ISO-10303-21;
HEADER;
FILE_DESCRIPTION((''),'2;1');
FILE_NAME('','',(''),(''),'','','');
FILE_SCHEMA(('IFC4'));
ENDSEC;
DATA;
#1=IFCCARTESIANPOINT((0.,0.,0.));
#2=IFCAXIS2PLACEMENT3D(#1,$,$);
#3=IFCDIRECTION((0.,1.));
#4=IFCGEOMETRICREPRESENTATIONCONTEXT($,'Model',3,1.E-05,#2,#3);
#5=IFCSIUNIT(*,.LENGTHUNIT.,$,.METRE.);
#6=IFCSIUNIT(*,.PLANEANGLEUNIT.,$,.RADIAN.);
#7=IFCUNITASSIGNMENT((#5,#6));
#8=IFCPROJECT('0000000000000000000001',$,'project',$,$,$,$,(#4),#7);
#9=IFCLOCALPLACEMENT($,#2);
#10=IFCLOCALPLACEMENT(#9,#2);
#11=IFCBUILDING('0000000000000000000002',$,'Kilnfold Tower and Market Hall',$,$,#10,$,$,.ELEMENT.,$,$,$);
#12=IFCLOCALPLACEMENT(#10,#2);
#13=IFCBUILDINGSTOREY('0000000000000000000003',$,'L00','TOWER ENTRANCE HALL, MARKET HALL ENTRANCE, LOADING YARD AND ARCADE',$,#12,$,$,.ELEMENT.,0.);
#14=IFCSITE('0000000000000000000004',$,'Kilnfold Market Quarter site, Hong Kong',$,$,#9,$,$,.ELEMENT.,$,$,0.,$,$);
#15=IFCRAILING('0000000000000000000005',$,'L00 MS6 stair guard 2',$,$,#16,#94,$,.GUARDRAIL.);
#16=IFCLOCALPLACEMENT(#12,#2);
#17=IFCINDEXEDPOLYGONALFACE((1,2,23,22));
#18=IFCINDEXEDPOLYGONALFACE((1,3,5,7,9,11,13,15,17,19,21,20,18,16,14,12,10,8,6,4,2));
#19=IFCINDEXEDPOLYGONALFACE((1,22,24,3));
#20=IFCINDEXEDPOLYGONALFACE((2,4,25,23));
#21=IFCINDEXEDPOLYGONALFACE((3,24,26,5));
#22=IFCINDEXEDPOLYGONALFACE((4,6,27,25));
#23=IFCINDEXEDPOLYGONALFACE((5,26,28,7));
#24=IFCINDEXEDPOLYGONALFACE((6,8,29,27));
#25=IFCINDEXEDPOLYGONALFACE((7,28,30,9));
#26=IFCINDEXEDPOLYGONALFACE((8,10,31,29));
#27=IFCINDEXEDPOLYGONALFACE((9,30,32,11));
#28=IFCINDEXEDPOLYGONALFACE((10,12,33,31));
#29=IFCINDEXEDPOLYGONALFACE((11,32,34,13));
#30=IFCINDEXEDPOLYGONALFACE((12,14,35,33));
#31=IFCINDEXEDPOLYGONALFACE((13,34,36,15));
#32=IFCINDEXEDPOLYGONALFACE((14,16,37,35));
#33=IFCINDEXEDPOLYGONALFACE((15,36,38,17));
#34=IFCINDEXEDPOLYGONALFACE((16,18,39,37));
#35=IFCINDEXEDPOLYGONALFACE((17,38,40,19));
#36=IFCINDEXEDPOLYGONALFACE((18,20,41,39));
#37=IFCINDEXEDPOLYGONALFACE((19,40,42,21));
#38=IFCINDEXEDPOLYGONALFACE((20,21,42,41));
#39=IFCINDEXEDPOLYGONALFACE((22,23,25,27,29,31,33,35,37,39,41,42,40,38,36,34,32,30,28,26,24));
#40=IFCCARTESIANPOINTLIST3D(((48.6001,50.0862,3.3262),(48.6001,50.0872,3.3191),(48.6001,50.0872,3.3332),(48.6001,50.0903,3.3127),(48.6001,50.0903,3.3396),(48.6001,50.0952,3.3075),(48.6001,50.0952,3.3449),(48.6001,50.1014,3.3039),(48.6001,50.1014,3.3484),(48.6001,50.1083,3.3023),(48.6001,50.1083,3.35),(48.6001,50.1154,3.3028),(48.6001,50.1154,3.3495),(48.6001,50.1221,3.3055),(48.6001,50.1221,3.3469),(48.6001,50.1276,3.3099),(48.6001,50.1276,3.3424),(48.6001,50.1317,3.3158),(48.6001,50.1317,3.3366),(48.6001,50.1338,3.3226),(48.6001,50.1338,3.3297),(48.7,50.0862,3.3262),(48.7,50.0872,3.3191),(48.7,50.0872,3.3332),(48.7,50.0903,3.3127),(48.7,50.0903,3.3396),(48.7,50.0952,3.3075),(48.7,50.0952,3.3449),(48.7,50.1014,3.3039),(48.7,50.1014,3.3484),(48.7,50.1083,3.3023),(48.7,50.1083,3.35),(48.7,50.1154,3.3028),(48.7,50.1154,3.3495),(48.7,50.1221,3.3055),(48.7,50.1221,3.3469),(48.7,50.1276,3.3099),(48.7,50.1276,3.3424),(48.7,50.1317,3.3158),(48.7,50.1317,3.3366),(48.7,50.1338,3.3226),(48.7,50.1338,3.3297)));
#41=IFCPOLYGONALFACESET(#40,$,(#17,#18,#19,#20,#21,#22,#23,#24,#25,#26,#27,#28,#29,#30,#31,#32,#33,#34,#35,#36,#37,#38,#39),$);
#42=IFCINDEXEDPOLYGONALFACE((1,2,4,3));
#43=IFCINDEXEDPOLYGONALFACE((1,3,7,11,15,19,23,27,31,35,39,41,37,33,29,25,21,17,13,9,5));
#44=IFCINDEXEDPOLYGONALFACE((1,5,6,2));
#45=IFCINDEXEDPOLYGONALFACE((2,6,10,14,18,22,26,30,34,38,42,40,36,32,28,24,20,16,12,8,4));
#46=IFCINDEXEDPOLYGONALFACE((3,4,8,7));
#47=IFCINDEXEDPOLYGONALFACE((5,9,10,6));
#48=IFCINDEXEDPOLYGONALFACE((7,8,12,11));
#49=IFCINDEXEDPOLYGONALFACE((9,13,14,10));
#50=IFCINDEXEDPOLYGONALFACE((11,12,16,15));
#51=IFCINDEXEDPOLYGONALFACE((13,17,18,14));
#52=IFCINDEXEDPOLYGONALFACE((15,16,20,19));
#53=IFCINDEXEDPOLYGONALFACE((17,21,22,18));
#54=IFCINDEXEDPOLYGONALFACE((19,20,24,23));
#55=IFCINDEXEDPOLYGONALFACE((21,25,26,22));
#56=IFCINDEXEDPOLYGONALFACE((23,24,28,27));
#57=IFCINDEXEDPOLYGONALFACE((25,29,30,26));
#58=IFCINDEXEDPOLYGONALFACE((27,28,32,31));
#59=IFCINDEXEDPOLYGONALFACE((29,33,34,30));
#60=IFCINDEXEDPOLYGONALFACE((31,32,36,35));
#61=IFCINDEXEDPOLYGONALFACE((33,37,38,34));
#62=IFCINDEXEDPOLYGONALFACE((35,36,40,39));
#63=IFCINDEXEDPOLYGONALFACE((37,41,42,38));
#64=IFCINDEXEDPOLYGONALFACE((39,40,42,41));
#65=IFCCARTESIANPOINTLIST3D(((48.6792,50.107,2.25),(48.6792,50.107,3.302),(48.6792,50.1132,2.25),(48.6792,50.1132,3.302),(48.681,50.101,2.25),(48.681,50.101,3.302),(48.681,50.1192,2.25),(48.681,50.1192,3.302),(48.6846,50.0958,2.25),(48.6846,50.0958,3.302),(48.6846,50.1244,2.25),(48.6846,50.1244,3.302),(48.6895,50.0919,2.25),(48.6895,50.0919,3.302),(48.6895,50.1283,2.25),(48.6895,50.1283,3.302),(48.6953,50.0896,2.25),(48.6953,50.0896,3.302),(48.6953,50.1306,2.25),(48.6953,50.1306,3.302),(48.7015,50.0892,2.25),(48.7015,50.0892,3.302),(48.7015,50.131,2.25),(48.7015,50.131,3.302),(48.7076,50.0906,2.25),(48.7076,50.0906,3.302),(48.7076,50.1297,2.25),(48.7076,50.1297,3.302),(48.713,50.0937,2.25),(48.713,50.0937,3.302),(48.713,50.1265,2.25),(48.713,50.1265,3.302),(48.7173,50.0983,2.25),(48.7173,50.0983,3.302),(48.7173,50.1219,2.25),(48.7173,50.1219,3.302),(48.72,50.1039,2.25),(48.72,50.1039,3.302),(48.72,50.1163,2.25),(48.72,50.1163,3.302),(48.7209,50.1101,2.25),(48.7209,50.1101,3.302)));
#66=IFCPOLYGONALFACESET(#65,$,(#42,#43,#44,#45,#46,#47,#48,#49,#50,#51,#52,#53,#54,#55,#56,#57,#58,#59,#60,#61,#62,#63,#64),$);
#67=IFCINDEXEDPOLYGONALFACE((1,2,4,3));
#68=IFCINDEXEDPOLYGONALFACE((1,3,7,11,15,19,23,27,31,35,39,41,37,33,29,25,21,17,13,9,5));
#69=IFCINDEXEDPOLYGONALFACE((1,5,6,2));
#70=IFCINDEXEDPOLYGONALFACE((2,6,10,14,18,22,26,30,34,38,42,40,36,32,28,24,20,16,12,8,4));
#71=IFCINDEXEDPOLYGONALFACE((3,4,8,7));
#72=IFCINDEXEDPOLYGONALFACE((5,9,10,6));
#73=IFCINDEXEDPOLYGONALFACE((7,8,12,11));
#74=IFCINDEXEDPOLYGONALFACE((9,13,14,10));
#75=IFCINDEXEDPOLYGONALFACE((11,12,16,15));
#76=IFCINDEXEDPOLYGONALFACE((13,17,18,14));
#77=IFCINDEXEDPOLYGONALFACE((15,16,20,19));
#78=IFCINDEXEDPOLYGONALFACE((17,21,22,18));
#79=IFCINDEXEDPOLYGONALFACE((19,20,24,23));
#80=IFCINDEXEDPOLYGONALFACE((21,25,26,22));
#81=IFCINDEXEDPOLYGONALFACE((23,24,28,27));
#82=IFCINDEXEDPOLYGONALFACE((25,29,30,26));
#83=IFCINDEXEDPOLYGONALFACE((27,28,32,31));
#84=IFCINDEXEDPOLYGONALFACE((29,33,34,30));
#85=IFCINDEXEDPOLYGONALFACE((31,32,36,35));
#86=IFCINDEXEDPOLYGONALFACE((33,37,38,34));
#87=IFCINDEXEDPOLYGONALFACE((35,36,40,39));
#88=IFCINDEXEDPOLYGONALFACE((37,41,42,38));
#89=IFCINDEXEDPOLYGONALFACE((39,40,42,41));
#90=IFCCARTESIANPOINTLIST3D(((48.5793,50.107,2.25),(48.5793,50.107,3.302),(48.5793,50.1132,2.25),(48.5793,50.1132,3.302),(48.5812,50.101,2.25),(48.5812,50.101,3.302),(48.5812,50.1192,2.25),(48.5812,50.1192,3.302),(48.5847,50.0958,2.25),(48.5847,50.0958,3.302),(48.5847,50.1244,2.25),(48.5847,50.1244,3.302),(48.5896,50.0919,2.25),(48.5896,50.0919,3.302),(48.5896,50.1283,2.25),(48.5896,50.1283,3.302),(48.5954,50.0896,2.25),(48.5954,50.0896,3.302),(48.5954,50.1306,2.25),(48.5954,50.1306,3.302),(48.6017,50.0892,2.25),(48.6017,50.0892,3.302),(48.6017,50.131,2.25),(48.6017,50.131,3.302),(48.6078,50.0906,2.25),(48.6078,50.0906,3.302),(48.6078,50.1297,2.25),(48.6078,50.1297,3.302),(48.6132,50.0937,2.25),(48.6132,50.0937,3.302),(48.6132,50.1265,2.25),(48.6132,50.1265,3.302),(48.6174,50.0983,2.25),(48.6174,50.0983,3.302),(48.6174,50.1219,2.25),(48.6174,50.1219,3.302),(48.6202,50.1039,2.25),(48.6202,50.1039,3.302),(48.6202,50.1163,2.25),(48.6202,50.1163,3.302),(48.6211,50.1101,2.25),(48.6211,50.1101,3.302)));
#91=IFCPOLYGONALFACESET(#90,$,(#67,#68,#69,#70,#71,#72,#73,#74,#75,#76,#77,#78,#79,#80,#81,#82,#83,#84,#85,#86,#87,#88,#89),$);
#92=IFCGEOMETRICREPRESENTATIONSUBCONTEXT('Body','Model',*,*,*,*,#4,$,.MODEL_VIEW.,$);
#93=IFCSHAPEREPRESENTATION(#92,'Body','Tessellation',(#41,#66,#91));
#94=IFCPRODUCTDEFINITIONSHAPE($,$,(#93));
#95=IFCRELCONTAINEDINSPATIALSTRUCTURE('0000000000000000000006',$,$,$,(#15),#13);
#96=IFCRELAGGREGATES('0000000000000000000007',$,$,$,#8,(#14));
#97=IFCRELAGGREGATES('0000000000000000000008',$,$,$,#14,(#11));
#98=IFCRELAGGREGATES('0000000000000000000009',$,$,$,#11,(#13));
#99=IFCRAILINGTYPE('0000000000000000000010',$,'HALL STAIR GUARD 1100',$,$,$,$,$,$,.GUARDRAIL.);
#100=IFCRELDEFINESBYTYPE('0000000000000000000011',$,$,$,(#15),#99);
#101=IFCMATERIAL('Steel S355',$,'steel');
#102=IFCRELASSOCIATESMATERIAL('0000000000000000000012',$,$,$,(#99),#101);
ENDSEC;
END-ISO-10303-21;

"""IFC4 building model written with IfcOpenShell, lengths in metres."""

from ifc_helpers import new_model, si_unit, direction, frame, origin, origin_2d, place, context, subcontext, project, spatial, circle, extrude, material, type_object, element, save


model = new_model("IFC4")

# Units and contexts
model_context = context("Model", 3, precision=1e-05, world=origin(), true_north=direction((0.0, 1.0)))
body_context = subcontext(model_context, "Body", "Model", "MODEL_VIEW")
ifc_project = project(units=[si_unit("LENGTHUNIT", "METRE"), si_unit("PLANEANGLEUNIT", "RADIAN")], contexts=[model_context])

# Site, building, storey
site_placement = place(None, origin())
site = spatial("IfcSite", under=ifc_project, at=site_placement, Name="Kilnfold Market Quarter site, Hong Kong", CompositionType="ELEMENT", RefElevation=0.0)
building_placement = place(site_placement, origin())
building = spatial("IfcBuilding", under=site, at=building_placement, Name="Kilnfold Tower and Market Hall", CompositionType="ELEMENT")
storey_placement = place(building_placement, origin())
storey = spatial("IfcBuildingStorey", under=building, at=storey_placement, Name="L00", Description="TOWER ENTRANCE HALL, MARKET HALL ENTRANCE, LOADING YARD AND ARCADE", CompositionType="ELEMENT", Elevation=0.0)

# Railing
ifc_material_1 = material(Name="Steel S355", Category="steel")
railing_type_1 = type_object("IfcRailingType", Name="HALL STAIR GUARD 1100", PredefinedType="GUARDRAIL", material=ifc_material_1)
railing_1_placement = place(storey_placement, frame((48.7, 50.1101, 2.25)))
element("IfcRailing", 1, at=railing_1_placement, inside=storey, type_object=railing_type_1, Name="L00 MS6 stair guard 2", PredefinedType="GUARDRAIL", context=body_context, shape_type="SweptSolid", body=[
    extrude(circle(Radius=0.0239, at=origin_2d()), frame((0.0, 0.0, 1.0762), z_axis=(-1.0, 0.0, 0.0), x_axis=(0.0, -1.0, 0.0)), (0.0, 0.0, 1.0), 0.0999),
    extrude(circle(Radius=0.021, at=origin_2d()), origin(), (0.0, 0.0, 1.0), 1.052),
    extrude(circle(Radius=0.021, at=origin_2d()), frame((-0.0999, 0.0, 0.0)), (0.0, 0.0, 1.0), 1.052),
])

save(model, "model.ifc")
